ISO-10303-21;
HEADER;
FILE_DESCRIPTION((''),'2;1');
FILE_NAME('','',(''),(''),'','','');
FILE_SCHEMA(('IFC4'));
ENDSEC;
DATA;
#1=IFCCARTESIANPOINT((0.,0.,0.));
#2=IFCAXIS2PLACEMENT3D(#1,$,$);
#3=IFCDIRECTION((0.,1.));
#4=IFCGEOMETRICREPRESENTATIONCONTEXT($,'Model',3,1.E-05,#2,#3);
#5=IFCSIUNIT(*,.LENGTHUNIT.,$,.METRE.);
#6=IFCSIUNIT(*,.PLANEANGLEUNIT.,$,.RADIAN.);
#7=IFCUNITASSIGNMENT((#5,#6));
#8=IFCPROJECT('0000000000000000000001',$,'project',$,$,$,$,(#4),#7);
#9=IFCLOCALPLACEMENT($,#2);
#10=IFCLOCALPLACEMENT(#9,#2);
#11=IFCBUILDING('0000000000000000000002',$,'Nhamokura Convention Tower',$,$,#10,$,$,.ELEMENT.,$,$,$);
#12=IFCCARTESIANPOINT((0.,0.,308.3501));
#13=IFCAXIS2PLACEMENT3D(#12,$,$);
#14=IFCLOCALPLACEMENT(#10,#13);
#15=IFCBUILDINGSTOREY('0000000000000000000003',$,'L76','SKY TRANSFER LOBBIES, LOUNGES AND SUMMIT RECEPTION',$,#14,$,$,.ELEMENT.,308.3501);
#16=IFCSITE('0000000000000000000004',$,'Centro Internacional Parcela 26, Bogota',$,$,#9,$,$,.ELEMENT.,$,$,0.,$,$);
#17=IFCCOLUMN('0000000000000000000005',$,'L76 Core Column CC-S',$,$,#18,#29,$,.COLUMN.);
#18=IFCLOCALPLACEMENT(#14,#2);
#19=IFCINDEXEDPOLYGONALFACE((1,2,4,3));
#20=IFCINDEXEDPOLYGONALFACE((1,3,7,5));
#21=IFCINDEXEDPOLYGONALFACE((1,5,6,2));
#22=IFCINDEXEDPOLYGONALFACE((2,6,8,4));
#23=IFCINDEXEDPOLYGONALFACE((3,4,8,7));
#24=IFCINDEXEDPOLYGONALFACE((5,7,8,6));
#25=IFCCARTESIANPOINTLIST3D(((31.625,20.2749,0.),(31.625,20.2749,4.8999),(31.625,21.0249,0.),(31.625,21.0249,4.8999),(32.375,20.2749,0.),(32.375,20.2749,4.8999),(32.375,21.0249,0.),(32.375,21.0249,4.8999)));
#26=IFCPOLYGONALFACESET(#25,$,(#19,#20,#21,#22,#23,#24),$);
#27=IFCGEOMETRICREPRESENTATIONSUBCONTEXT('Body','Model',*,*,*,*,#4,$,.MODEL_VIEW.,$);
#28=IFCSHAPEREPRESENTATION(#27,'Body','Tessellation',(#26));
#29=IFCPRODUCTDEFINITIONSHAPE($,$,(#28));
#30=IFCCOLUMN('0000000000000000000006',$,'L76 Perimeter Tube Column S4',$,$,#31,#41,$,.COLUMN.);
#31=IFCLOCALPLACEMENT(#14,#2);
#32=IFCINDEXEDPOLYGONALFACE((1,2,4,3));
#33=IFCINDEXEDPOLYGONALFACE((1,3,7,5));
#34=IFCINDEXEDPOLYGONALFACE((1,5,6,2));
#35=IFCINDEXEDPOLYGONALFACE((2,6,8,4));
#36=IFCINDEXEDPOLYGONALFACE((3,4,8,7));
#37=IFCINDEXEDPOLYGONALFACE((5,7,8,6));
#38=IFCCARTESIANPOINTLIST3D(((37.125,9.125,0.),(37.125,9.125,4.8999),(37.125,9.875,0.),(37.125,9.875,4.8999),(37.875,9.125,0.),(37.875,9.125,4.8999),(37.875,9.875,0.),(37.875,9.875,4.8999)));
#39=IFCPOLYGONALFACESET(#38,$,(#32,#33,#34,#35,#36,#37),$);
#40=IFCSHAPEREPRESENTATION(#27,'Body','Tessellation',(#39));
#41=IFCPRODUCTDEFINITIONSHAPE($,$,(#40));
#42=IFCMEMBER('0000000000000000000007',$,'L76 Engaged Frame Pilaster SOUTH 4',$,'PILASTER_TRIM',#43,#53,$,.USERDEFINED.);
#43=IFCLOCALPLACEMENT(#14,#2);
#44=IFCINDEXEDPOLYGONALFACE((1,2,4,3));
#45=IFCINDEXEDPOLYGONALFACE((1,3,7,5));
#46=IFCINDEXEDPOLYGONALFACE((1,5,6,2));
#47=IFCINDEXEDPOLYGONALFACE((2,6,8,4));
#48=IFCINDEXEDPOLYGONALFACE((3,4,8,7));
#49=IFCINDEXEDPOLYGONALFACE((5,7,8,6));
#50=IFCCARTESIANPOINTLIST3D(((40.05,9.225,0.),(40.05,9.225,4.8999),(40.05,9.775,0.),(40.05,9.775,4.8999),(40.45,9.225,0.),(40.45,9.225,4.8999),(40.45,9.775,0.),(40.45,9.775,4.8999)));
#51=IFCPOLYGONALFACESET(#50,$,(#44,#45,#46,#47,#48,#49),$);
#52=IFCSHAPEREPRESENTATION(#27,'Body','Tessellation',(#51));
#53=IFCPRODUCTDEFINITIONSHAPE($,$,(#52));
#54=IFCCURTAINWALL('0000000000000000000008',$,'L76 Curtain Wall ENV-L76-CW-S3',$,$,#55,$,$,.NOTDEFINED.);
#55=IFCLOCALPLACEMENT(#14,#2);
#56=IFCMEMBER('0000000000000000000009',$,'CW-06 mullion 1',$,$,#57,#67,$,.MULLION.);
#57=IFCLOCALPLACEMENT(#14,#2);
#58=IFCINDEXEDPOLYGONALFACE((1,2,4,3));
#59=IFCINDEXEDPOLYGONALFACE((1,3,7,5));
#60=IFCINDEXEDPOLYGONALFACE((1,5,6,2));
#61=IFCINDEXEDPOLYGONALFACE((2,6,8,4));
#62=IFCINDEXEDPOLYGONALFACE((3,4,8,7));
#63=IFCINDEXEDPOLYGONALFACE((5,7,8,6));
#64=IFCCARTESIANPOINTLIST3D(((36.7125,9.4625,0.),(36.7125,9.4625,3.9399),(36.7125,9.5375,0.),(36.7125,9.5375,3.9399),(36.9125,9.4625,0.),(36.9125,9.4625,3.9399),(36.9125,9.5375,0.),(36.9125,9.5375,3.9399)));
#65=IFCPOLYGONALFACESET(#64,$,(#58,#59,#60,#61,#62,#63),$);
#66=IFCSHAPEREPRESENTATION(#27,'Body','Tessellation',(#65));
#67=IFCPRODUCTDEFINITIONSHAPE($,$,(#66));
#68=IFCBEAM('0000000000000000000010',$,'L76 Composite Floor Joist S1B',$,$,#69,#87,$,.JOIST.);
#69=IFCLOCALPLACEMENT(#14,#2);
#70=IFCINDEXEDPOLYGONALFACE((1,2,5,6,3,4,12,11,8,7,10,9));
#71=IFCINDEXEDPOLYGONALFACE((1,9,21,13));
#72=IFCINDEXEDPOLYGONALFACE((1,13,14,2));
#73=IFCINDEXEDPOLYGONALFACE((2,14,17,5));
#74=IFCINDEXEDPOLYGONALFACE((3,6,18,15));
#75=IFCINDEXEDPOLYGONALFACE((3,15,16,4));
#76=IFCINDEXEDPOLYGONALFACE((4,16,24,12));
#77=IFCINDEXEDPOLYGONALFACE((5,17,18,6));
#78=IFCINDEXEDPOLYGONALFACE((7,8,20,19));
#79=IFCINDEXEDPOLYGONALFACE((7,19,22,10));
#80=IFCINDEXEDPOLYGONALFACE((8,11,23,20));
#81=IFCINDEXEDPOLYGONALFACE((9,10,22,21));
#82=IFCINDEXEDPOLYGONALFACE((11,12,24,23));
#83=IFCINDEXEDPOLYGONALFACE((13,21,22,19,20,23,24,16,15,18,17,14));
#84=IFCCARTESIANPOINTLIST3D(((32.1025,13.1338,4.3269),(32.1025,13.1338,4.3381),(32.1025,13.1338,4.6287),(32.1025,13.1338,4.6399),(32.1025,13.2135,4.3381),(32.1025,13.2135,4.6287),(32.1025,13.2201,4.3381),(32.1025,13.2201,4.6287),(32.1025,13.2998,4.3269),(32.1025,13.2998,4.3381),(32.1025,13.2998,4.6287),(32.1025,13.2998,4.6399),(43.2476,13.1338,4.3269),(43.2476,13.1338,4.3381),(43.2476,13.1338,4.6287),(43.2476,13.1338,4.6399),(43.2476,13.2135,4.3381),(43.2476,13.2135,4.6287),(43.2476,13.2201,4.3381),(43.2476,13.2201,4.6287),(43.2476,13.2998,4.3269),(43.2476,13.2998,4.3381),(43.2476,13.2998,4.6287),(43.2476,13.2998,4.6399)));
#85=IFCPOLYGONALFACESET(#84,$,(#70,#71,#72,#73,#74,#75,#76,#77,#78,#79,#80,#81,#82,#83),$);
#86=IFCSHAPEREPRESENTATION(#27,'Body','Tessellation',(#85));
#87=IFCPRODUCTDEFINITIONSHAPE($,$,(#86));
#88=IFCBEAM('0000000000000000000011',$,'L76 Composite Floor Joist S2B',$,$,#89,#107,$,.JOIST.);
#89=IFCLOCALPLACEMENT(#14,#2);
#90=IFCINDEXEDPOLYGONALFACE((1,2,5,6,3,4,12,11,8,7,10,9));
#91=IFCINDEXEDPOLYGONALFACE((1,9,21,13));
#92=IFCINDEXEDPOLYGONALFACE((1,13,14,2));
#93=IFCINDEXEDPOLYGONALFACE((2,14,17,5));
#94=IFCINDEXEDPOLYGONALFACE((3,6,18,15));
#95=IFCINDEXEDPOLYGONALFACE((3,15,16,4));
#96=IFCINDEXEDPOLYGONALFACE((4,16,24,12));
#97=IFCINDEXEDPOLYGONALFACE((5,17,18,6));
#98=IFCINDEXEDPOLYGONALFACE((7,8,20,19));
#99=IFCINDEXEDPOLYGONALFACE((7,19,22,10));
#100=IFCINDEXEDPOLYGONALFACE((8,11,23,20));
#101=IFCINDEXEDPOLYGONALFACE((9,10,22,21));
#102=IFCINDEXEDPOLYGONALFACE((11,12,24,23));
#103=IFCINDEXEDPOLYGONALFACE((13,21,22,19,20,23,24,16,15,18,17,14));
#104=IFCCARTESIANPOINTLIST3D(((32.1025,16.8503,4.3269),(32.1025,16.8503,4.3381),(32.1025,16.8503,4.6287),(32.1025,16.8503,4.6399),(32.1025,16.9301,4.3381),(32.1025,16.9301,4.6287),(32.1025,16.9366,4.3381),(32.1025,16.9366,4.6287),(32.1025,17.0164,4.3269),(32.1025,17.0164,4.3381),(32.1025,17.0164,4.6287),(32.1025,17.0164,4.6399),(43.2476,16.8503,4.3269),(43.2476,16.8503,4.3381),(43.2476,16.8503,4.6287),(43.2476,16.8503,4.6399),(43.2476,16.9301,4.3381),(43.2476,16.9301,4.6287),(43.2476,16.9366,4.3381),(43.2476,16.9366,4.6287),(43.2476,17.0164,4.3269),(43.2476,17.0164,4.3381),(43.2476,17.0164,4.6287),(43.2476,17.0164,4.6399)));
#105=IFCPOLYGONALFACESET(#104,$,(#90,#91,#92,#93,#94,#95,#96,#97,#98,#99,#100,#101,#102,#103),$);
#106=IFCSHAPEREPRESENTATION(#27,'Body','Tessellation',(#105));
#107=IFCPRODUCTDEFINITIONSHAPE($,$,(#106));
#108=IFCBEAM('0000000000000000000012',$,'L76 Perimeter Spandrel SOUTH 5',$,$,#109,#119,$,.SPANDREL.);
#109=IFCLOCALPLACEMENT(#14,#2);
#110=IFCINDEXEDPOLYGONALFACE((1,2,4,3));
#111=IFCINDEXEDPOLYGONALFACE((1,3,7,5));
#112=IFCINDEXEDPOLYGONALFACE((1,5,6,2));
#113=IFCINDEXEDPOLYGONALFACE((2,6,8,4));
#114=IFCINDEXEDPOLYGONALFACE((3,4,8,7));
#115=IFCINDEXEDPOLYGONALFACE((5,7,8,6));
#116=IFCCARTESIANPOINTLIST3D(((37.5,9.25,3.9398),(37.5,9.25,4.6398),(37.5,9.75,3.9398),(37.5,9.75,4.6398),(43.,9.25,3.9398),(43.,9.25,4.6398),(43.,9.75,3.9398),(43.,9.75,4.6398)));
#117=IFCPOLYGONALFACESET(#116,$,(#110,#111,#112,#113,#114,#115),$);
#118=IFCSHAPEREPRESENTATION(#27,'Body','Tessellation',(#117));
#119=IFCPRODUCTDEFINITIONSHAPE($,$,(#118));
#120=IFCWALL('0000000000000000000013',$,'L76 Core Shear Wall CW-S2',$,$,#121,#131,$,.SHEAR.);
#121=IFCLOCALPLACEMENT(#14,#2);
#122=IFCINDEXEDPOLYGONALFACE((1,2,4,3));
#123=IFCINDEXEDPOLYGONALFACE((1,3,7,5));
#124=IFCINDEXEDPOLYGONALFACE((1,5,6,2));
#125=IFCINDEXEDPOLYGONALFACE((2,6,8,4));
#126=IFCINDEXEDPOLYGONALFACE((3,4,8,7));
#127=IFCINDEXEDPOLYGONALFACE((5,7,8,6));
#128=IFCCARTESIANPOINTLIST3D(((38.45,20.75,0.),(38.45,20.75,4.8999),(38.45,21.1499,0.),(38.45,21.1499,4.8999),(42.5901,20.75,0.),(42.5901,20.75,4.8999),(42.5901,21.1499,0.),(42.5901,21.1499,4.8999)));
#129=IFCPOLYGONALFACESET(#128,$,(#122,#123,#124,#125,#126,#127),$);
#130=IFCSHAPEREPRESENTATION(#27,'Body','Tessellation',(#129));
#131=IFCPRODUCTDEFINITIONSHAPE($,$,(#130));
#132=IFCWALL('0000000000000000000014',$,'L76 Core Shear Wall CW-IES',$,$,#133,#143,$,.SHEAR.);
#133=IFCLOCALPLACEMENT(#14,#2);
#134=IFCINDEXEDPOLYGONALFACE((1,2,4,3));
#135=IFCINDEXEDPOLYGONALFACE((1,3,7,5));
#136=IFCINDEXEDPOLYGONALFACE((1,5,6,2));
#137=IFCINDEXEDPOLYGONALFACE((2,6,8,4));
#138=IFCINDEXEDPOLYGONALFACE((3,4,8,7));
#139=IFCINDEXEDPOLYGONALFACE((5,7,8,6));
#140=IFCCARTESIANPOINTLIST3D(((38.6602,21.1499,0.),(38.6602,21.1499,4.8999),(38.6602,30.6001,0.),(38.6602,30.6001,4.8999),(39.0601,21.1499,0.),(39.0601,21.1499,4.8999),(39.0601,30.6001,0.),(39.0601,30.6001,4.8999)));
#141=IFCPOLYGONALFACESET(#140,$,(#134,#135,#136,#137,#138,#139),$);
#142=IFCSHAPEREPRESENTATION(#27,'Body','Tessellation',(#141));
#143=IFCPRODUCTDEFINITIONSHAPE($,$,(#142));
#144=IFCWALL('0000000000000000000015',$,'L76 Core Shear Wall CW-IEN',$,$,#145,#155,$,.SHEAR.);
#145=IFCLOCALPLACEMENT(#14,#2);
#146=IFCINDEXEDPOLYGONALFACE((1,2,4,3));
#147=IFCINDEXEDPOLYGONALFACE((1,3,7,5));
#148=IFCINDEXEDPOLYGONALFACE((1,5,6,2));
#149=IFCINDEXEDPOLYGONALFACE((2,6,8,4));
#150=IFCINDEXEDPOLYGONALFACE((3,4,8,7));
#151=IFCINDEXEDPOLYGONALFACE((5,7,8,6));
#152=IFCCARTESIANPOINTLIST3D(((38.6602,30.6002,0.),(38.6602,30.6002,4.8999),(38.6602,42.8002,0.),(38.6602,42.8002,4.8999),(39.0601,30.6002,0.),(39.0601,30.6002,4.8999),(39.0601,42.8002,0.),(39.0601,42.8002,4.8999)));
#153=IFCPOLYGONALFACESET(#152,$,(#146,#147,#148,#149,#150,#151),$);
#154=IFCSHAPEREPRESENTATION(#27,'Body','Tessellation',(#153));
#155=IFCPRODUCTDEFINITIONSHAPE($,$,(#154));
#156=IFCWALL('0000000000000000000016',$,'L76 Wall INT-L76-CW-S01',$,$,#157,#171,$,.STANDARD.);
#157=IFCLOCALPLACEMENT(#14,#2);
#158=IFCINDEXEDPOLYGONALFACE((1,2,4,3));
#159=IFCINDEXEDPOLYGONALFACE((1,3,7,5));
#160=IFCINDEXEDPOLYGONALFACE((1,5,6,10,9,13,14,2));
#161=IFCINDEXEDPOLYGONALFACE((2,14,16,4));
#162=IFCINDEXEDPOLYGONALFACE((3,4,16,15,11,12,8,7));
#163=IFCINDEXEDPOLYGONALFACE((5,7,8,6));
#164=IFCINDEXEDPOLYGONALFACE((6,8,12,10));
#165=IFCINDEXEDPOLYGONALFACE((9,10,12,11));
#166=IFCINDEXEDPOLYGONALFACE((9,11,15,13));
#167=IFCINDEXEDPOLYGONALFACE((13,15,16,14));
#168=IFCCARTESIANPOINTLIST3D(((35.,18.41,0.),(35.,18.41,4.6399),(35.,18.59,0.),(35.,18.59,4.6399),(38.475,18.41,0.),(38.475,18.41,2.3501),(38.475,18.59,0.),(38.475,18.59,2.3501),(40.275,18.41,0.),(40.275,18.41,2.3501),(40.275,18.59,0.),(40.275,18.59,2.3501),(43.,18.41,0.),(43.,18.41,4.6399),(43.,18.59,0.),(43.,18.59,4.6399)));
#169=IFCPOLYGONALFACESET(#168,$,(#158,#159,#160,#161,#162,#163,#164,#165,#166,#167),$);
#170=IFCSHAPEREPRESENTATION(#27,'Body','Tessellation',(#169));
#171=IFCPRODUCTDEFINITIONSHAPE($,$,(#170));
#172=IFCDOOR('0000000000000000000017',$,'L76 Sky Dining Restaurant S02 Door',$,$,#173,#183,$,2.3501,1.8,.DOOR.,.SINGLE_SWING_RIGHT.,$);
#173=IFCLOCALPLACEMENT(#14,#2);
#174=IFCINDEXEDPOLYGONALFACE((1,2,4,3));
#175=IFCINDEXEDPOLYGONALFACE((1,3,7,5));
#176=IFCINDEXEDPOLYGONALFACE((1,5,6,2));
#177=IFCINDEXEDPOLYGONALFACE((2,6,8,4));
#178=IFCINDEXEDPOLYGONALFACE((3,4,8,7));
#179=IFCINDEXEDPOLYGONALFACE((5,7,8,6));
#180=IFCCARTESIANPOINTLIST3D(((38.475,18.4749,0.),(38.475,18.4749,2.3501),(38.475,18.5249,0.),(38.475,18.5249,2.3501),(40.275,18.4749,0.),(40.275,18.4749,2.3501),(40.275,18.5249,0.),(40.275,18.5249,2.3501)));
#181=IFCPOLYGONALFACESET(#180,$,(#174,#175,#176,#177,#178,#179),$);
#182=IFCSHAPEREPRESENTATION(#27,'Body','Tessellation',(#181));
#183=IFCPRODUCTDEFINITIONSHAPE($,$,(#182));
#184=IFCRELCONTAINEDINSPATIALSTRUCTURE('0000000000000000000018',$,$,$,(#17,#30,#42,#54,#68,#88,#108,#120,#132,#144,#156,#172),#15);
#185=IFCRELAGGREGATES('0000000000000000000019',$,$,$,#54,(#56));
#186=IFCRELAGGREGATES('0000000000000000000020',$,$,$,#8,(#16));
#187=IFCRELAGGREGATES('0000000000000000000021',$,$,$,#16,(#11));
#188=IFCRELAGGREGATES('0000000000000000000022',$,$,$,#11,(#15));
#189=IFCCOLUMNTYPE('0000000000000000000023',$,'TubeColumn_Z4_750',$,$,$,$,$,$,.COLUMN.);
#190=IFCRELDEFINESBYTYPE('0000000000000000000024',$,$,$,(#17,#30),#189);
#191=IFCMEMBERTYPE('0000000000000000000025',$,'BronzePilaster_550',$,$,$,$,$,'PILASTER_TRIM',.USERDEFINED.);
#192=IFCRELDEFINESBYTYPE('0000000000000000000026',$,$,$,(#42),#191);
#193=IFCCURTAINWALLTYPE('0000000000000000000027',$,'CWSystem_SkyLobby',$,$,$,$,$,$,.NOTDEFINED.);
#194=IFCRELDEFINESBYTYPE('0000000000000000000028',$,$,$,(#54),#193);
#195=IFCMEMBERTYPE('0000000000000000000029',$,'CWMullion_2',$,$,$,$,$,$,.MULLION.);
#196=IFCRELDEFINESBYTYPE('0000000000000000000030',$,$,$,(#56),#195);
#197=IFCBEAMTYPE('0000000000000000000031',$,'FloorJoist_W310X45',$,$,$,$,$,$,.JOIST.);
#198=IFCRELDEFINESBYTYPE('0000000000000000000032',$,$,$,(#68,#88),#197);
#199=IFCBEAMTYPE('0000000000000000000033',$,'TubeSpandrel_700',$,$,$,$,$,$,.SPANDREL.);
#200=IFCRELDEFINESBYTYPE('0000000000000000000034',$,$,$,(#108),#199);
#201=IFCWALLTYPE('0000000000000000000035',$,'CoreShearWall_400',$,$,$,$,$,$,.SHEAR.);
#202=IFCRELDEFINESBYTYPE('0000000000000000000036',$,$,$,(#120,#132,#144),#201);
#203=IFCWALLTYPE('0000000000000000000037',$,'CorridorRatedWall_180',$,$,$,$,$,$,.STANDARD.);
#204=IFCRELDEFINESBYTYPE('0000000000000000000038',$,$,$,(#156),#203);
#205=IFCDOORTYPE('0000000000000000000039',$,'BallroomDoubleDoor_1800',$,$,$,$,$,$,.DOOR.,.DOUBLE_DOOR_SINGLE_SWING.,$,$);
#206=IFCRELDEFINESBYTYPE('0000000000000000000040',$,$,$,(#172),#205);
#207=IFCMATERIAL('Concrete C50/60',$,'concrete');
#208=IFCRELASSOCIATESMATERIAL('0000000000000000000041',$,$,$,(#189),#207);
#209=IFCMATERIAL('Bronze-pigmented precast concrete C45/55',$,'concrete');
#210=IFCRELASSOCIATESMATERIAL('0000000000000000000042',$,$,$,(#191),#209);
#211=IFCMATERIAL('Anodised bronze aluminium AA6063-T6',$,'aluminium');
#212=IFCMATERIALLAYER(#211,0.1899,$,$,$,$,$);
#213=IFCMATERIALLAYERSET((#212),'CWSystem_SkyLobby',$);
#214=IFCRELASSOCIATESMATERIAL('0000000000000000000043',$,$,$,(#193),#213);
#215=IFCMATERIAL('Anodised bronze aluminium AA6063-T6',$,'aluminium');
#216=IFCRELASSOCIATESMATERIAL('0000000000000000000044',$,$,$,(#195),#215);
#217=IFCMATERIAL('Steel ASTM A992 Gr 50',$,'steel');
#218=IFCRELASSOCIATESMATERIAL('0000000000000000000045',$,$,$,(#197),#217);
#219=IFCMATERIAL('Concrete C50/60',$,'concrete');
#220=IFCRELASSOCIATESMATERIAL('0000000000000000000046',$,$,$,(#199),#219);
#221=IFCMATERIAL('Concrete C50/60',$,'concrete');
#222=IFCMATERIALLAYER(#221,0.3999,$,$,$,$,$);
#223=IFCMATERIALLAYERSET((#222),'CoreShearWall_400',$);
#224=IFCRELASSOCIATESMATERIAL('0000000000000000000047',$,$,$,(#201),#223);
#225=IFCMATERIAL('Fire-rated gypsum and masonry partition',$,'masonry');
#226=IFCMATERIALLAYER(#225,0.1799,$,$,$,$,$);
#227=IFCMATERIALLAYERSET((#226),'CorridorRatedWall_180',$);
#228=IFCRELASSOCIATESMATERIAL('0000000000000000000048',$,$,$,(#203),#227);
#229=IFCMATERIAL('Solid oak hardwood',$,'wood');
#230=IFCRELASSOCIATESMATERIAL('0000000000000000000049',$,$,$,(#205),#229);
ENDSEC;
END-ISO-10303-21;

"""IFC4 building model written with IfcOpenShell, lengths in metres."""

from ifc_helpers import new_model, si_unit, direction, frame, frame_2d, origin, origin_2d, place, context, subcontext, project, spatial, rectangle, i_section, extrude, material, layer, layer_set, material_profile, profile_set, type_object, element, fill, aggregate, save


model = new_model("IFC4")

# Units and contexts
model_context = context("Model", 3, precision=1e-05, world=origin(), true_north=direction((0.0, 1.0)))
body_context = subcontext(model_context, "Body", "Model", "MODEL_VIEW")
ifc_project = project(units=[si_unit("LENGTHUNIT", "METRE"), si_unit("PLANEANGLEUNIT", "RADIAN")], contexts=[model_context])

# Site, building, storey
site_placement = place(None, origin())
site = spatial("IfcSite", under=ifc_project, at=site_placement, Name="Centro Internacional Parcela 26, Bogota", CompositionType="ELEMENT", RefElevation=0.0)
building_placement = place(site_placement, origin())
building = spatial("IfcBuilding", under=site, at=building_placement, Name="Nhamokura Convention Tower", CompositionType="ELEMENT")
storey_placement = place(building_placement, frame((0.0, 0.0, 308.3501)))
storey = spatial("IfcBuildingStorey", under=building, at=storey_placement, Name="L76", Description="SKY TRANSFER LOBBIES, LOUNGES AND SUMMIT RECEPTION", CompositionType="ELEMENT", Elevation=308.3501)

# Columns
ifc_material_1 = material(Name="Concrete C50/60", Category="concrete")
ifc_material_profile_1 = material_profile(ifc_material_1, rectangle(XDim=0.75, YDim=0.75, at=origin_2d()))
ifc_profile_set_1 = profile_set([ifc_material_profile_1], Name="Concrete C50/60")
column_type = type_object("IfcColumnType", Name="TubeColumn_Z4_750", PredefinedType="COLUMN", material=ifc_profile_set_1)
for number, where, z_axis, x_axis, name in (
    (1, (32.0, 20.6499, 0.0), (0.0, 0.0, 1.0), (1.0, 0.0, 0.0), "L76 Core Column CC-S"),
    (2, (37.5, 9.5, 0.0), (0.0, 0.0, 1.0), (1.0, 0.0, 0.0), "L76 Perimeter Tube Column S4"),
):
    element("IfcColumn", number, at=place(storey_placement, frame(where, z_axis=z_axis, x_axis=x_axis)), inside=storey, type_object=column_type, Name=name, PredefinedType="COLUMN", context=body_context, shape_type="SweptSolid", body=[
        extrude(rectangle(XDim=0.75, YDim=0.75, at=origin_2d()), origin(), (0.0, 0.0, 1.0), 4.8999),
    ])

# Member
ifc_material_2 = material(Name="Bronze-pigmented precast concrete C45/55", Category="concrete")
ifc_material_profile_2 = material_profile(ifc_material_2, rectangle(XDim=0.3999, YDim=0.55, at=origin_2d()))
ifc_profile_set_2 = profile_set([ifc_material_profile_2], Name="Bronze-pigmented precast concrete C45/55")
member_type_1 = type_object("IfcMemberType", Name="BronzePilaster_550", ElementType="PILASTER_TRIM", PredefinedType="USERDEFINED", material=ifc_profile_set_2)
member_1_placement = place(storey_placement, frame((40.25, 9.5, 0.0), z_axis=(0.0, 0.0, 1.0), x_axis=(1.0, 0.0, 0.0)))
element("IfcMember", 3, at=member_1_placement, inside=storey, type_object=member_type_1, Name="L76 Engaged Frame Pilaster SOUTH 4", ObjectType="PILASTER_TRIM", PredefinedType="USERDEFINED", context=body_context, shape_type="SweptSolid", body=[
    extrude(rectangle(XDim=0.3999, YDim=0.55, at=origin_2d()), origin(), (0.0, 0.0, 1.0), 4.8999),
])

# Curtain wall, member
ifc_material_3 = material(Name="Anodised bronze aluminium AA6063-T6", Category="aluminium")
ifc_layer_1 = layer(ifc_material_3, 0.1899)
ifc_layer_set_1 = layer_set([ifc_layer_1], Name="CWSystem_SkyLobby")
curtain_wall_type = type_object("IfcCurtainWallType", Name="CWSystem_SkyLobby", PredefinedType="NOTDEFINED", material=ifc_layer_set_1)
curtain_wall_placement = place(storey_placement, origin())
curtain_wall = element("IfcCurtainWall", 4, at=curtain_wall_placement, inside=storey, type_object=curtain_wall_type, Name="L76 Curtain Wall ENV-L76-CW-S3", PredefinedType="NOTDEFINED")
ifc_material_4 = material(Name="Anodised bronze aluminium AA6063-T6", Category="aluminium")
ifc_material_profile_3 = material_profile(ifc_material_4, rectangle(XDim=0.075, YDim=0.2, at=origin_2d()))
ifc_profile_set_3 = profile_set([ifc_material_profile_3], Name="Anodised bronze aluminium AA6063-T6")
member_type_2 = type_object("IfcMemberType", Name="CWMullion_2", PredefinedType="MULLION", material=ifc_profile_set_3)
member_2_placement = place(storey_placement, frame((36.8125, 9.5, 0.0), z_axis=(0.0, 0.0, 1.0), x_axis=(0.0, -1.0, 0.0)))
member_2 = element("IfcMember", 5, at=member_2_placement, type_object=member_type_2, Name="CW-06 mullion 1", PredefinedType="MULLION", context=body_context, shape_type="SweptSolid", body=[
    extrude(rectangle(XDim=0.075, YDim=0.2, at=origin_2d()), origin(), (0.0, 0.0, 1.0), 3.9399),
])
aggregate(curtain_wall, [member_2])

# Beams
ifc_material_5 = material(Name="Steel ASTM A992 Gr 50", Category="steel")
ifc_material_profile_4 = material_profile(ifc_material_5, i_section(OverallWidth=0.166, OverallDepth=0.313, WebThickness=0.0066, FlangeThickness=0.0112, at=origin_2d()))
ifc_profile_set_4 = profile_set([ifc_material_profile_4], Name="Steel ASTM A992 Gr 50")
beam_type_1 = type_object("IfcBeamType", Name="FloorJoist_W310X45", PredefinedType="JOIST", material=ifc_profile_set_4)
for number, where, z_axis, x_axis, name in (
    (6, (32.1025, 13.2168, 4.4834), (1.0, 0.0, 0.0), (0.0, 1.0, 0.0), "L76 Composite Floor Joist S1B"),
    (7, (32.1025, 16.9333, 4.4834), (1.0, 0.0, 0.0), (0.0, 1.0, 0.0), "L76 Composite Floor Joist S2B"),
):
    element("IfcBeam", number, at=place(storey_placement, frame(where, z_axis=z_axis, x_axis=x_axis)), inside=storey, type_object=beam_type_1, Name=name, PredefinedType="JOIST", context=body_context, shape_type="SweptSolid", body=[
        extrude(i_section(OverallWidth=0.166, OverallDepth=0.313, WebThickness=0.0066, FlangeThickness=0.0112, at=origin_2d()), origin(), (0.0, 0.0, 1.0), 11.145),
    ])
ifc_material_6 = material(Name="Concrete C50/60", Category="concrete")
ifc_material_profile_5 = material_profile(ifc_material_6, rectangle(XDim=0.5, YDim=0.7, at=origin_2d()))
ifc_profile_set_5 = profile_set([ifc_material_profile_5], Name="Concrete C50/60")
beam_type_2 = type_object("IfcBeamType", Name="TubeSpandrel_700", PredefinedType="SPANDREL", material=ifc_profile_set_5)
beam_placement = place(storey_placement, frame((37.5, 9.5, 4.2898), z_axis=(1.0, 0.0, 0.0), x_axis=(0.0, 1.0, 0.0)))
element("IfcBeam", 8, at=beam_placement, inside=storey, type_object=beam_type_2, Name="L76 Perimeter Spandrel SOUTH 5", PredefinedType="SPANDREL", context=body_context, shape_type="SweptSolid", body=[
    extrude(rectangle(XDim=0.5, YDim=0.7, at=origin_2d()), origin(), (0.0, 0.0, 1.0), 5.5),
])

# Walls
ifc_material_7 = material(Name="Concrete C50/60", Category="concrete")
ifc_layer_2 = layer(ifc_material_7, 0.3999)
ifc_layer_set_2 = layer_set([ifc_layer_2], Name="CoreShearWall_400")
wall_type_1 = type_object("IfcWallType", Name="CoreShearWall_400", PredefinedType="SHEAR", material=ifc_layer_set_2)
wall_1_placement = place(storey_placement, frame((38.45, 20.95, 0.0), z_axis=(0.0, 0.0, 1.0), x_axis=(1.0, 0.0, 0.0)))
element("IfcWall", 9, at=wall_1_placement, inside=storey, type_object=wall_type_1, Name="L76 Core Shear Wall CW-S2", PredefinedType="SHEAR", context=body_context, shape_type="SweptSolid", body=[
    extrude(rectangle(XDim=4.1401, YDim=0.3999, at=frame_2d((2.0701, 0.0))), origin(), (0.0, 0.0, 1.0), 4.8999),
])
wall_2_placement = place(storey_placement, frame((38.8601, 21.1499, 0.0), z_axis=(0.0, 0.0, 1.0), x_axis=(0.0, 1.0, 0.0)))
element("IfcWall", 10, at=wall_2_placement, inside=storey, type_object=wall_type_1, Name="L76 Core Shear Wall CW-IES", PredefinedType="SHEAR", context=body_context, shape_type="SweptSolid", body=[
    extrude(rectangle(XDim=9.4502, YDim=0.3999, at=frame_2d((4.7251, 0.0))), origin(), (0.0, 0.0, 1.0), 4.8999),
])
wall_3_placement = place(storey_placement, frame((38.8601, 30.6001, 0.0), z_axis=(0.0, 0.0, 1.0), x_axis=(0.0, 1.0, 0.0)))
element("IfcWall", 11, at=wall_3_placement, inside=storey, type_object=wall_type_1, Name="L76 Core Shear Wall CW-IEN", PredefinedType="SHEAR", context=body_context, shape_type="SweptSolid", body=[
    extrude(rectangle(XDim=12.2, YDim=0.3999, at=frame_2d((6.1001, 0.0))), origin(), (0.0, 0.0, 1.0), 4.8999),
])

# Wall, opening, door
ifc_material_8 = material(Name="Fire-rated gypsum and masonry partition", Category="masonry")
ifc_layer_3 = layer(ifc_material_8, 0.1799)
ifc_layer_set_3 = layer_set([ifc_layer_3], Name="CorridorRatedWall_180")
wall_type_2 = type_object("IfcWallType", Name="CorridorRatedWall_180", PredefinedType="STANDARD", material=ifc_layer_set_3)
wall_4_placement = place(storey_placement, frame((35.0, 18.5, 0.0), z_axis=(0.0, 0.0, 1.0), x_axis=(1.0, 0.0, 0.0)))
wall_4 = element("IfcWall", 12, at=wall_4_placement, inside=storey, type_object=wall_type_2, Name="L76 Wall INT-L76-CW-S01", PredefinedType="STANDARD", context=body_context, shape_type="SweptSolid", body=[
    extrude(rectangle(XDim=8.0, YDim=0.1799, at=frame_2d((4.0, 0.0))), origin(), (0.0, 0.0, 1.0), 4.6399),
])
opening_1_placement = place(wall_4_placement, frame((3.4751, 0.0, 0.0)))
opening_1 = element("IfcOpeningElement", 13, at=opening_1_placement, cuts=wall_4, PredefinedType="OPENING", context=body_context, shape_type="SweptSolid", body=[
    extrude(rectangle(XDim=1.8, YDim=2.3501, at=frame_2d((0.8999, 1.175))), frame((0.0, 0.0999, 0.0), z_axis=(0.0, -1.0, 0.0), x_axis=(1.0, 0.0, 0.0)), (0.0, 0.0, 1.0), 0.2),
])
ifc_material_9 = material(Name="Solid oak hardwood", Category="wood")
door_type_1 = type_object("IfcDoorType", Name="BallroomDoubleDoor_1800", OperationType="DOUBLE_DOOR_SINGLE_SWING", PredefinedType="DOOR", material=ifc_material_9)
door_1_placement = place(opening_1_placement, origin())
door_1 = element("IfcDoor", 14, at=door_1_placement, inside=storey, type_object=door_type_1, Name="L76 Sky Dining Restaurant S02 Door", OperationType="SINGLE_SWING_RIGHT", OverallHeight=2.3501, OverallWidth=1.8, PredefinedType="DOOR", context=body_context, shape_type="SweptSolid", body=[
    extrude(rectangle(XDim=1.8, YDim=2.3501, at=frame_2d((0.8999, 1.175))), frame((0.0, 0.0249, 0.0), z_axis=(0.0, -1.0, 0.0), x_axis=(1.0, 0.0, 0.0)), (0.0, 0.0, 1.0), 0.05),
])
fill(opening_1, door_1)

save(model, "model.ifc")
